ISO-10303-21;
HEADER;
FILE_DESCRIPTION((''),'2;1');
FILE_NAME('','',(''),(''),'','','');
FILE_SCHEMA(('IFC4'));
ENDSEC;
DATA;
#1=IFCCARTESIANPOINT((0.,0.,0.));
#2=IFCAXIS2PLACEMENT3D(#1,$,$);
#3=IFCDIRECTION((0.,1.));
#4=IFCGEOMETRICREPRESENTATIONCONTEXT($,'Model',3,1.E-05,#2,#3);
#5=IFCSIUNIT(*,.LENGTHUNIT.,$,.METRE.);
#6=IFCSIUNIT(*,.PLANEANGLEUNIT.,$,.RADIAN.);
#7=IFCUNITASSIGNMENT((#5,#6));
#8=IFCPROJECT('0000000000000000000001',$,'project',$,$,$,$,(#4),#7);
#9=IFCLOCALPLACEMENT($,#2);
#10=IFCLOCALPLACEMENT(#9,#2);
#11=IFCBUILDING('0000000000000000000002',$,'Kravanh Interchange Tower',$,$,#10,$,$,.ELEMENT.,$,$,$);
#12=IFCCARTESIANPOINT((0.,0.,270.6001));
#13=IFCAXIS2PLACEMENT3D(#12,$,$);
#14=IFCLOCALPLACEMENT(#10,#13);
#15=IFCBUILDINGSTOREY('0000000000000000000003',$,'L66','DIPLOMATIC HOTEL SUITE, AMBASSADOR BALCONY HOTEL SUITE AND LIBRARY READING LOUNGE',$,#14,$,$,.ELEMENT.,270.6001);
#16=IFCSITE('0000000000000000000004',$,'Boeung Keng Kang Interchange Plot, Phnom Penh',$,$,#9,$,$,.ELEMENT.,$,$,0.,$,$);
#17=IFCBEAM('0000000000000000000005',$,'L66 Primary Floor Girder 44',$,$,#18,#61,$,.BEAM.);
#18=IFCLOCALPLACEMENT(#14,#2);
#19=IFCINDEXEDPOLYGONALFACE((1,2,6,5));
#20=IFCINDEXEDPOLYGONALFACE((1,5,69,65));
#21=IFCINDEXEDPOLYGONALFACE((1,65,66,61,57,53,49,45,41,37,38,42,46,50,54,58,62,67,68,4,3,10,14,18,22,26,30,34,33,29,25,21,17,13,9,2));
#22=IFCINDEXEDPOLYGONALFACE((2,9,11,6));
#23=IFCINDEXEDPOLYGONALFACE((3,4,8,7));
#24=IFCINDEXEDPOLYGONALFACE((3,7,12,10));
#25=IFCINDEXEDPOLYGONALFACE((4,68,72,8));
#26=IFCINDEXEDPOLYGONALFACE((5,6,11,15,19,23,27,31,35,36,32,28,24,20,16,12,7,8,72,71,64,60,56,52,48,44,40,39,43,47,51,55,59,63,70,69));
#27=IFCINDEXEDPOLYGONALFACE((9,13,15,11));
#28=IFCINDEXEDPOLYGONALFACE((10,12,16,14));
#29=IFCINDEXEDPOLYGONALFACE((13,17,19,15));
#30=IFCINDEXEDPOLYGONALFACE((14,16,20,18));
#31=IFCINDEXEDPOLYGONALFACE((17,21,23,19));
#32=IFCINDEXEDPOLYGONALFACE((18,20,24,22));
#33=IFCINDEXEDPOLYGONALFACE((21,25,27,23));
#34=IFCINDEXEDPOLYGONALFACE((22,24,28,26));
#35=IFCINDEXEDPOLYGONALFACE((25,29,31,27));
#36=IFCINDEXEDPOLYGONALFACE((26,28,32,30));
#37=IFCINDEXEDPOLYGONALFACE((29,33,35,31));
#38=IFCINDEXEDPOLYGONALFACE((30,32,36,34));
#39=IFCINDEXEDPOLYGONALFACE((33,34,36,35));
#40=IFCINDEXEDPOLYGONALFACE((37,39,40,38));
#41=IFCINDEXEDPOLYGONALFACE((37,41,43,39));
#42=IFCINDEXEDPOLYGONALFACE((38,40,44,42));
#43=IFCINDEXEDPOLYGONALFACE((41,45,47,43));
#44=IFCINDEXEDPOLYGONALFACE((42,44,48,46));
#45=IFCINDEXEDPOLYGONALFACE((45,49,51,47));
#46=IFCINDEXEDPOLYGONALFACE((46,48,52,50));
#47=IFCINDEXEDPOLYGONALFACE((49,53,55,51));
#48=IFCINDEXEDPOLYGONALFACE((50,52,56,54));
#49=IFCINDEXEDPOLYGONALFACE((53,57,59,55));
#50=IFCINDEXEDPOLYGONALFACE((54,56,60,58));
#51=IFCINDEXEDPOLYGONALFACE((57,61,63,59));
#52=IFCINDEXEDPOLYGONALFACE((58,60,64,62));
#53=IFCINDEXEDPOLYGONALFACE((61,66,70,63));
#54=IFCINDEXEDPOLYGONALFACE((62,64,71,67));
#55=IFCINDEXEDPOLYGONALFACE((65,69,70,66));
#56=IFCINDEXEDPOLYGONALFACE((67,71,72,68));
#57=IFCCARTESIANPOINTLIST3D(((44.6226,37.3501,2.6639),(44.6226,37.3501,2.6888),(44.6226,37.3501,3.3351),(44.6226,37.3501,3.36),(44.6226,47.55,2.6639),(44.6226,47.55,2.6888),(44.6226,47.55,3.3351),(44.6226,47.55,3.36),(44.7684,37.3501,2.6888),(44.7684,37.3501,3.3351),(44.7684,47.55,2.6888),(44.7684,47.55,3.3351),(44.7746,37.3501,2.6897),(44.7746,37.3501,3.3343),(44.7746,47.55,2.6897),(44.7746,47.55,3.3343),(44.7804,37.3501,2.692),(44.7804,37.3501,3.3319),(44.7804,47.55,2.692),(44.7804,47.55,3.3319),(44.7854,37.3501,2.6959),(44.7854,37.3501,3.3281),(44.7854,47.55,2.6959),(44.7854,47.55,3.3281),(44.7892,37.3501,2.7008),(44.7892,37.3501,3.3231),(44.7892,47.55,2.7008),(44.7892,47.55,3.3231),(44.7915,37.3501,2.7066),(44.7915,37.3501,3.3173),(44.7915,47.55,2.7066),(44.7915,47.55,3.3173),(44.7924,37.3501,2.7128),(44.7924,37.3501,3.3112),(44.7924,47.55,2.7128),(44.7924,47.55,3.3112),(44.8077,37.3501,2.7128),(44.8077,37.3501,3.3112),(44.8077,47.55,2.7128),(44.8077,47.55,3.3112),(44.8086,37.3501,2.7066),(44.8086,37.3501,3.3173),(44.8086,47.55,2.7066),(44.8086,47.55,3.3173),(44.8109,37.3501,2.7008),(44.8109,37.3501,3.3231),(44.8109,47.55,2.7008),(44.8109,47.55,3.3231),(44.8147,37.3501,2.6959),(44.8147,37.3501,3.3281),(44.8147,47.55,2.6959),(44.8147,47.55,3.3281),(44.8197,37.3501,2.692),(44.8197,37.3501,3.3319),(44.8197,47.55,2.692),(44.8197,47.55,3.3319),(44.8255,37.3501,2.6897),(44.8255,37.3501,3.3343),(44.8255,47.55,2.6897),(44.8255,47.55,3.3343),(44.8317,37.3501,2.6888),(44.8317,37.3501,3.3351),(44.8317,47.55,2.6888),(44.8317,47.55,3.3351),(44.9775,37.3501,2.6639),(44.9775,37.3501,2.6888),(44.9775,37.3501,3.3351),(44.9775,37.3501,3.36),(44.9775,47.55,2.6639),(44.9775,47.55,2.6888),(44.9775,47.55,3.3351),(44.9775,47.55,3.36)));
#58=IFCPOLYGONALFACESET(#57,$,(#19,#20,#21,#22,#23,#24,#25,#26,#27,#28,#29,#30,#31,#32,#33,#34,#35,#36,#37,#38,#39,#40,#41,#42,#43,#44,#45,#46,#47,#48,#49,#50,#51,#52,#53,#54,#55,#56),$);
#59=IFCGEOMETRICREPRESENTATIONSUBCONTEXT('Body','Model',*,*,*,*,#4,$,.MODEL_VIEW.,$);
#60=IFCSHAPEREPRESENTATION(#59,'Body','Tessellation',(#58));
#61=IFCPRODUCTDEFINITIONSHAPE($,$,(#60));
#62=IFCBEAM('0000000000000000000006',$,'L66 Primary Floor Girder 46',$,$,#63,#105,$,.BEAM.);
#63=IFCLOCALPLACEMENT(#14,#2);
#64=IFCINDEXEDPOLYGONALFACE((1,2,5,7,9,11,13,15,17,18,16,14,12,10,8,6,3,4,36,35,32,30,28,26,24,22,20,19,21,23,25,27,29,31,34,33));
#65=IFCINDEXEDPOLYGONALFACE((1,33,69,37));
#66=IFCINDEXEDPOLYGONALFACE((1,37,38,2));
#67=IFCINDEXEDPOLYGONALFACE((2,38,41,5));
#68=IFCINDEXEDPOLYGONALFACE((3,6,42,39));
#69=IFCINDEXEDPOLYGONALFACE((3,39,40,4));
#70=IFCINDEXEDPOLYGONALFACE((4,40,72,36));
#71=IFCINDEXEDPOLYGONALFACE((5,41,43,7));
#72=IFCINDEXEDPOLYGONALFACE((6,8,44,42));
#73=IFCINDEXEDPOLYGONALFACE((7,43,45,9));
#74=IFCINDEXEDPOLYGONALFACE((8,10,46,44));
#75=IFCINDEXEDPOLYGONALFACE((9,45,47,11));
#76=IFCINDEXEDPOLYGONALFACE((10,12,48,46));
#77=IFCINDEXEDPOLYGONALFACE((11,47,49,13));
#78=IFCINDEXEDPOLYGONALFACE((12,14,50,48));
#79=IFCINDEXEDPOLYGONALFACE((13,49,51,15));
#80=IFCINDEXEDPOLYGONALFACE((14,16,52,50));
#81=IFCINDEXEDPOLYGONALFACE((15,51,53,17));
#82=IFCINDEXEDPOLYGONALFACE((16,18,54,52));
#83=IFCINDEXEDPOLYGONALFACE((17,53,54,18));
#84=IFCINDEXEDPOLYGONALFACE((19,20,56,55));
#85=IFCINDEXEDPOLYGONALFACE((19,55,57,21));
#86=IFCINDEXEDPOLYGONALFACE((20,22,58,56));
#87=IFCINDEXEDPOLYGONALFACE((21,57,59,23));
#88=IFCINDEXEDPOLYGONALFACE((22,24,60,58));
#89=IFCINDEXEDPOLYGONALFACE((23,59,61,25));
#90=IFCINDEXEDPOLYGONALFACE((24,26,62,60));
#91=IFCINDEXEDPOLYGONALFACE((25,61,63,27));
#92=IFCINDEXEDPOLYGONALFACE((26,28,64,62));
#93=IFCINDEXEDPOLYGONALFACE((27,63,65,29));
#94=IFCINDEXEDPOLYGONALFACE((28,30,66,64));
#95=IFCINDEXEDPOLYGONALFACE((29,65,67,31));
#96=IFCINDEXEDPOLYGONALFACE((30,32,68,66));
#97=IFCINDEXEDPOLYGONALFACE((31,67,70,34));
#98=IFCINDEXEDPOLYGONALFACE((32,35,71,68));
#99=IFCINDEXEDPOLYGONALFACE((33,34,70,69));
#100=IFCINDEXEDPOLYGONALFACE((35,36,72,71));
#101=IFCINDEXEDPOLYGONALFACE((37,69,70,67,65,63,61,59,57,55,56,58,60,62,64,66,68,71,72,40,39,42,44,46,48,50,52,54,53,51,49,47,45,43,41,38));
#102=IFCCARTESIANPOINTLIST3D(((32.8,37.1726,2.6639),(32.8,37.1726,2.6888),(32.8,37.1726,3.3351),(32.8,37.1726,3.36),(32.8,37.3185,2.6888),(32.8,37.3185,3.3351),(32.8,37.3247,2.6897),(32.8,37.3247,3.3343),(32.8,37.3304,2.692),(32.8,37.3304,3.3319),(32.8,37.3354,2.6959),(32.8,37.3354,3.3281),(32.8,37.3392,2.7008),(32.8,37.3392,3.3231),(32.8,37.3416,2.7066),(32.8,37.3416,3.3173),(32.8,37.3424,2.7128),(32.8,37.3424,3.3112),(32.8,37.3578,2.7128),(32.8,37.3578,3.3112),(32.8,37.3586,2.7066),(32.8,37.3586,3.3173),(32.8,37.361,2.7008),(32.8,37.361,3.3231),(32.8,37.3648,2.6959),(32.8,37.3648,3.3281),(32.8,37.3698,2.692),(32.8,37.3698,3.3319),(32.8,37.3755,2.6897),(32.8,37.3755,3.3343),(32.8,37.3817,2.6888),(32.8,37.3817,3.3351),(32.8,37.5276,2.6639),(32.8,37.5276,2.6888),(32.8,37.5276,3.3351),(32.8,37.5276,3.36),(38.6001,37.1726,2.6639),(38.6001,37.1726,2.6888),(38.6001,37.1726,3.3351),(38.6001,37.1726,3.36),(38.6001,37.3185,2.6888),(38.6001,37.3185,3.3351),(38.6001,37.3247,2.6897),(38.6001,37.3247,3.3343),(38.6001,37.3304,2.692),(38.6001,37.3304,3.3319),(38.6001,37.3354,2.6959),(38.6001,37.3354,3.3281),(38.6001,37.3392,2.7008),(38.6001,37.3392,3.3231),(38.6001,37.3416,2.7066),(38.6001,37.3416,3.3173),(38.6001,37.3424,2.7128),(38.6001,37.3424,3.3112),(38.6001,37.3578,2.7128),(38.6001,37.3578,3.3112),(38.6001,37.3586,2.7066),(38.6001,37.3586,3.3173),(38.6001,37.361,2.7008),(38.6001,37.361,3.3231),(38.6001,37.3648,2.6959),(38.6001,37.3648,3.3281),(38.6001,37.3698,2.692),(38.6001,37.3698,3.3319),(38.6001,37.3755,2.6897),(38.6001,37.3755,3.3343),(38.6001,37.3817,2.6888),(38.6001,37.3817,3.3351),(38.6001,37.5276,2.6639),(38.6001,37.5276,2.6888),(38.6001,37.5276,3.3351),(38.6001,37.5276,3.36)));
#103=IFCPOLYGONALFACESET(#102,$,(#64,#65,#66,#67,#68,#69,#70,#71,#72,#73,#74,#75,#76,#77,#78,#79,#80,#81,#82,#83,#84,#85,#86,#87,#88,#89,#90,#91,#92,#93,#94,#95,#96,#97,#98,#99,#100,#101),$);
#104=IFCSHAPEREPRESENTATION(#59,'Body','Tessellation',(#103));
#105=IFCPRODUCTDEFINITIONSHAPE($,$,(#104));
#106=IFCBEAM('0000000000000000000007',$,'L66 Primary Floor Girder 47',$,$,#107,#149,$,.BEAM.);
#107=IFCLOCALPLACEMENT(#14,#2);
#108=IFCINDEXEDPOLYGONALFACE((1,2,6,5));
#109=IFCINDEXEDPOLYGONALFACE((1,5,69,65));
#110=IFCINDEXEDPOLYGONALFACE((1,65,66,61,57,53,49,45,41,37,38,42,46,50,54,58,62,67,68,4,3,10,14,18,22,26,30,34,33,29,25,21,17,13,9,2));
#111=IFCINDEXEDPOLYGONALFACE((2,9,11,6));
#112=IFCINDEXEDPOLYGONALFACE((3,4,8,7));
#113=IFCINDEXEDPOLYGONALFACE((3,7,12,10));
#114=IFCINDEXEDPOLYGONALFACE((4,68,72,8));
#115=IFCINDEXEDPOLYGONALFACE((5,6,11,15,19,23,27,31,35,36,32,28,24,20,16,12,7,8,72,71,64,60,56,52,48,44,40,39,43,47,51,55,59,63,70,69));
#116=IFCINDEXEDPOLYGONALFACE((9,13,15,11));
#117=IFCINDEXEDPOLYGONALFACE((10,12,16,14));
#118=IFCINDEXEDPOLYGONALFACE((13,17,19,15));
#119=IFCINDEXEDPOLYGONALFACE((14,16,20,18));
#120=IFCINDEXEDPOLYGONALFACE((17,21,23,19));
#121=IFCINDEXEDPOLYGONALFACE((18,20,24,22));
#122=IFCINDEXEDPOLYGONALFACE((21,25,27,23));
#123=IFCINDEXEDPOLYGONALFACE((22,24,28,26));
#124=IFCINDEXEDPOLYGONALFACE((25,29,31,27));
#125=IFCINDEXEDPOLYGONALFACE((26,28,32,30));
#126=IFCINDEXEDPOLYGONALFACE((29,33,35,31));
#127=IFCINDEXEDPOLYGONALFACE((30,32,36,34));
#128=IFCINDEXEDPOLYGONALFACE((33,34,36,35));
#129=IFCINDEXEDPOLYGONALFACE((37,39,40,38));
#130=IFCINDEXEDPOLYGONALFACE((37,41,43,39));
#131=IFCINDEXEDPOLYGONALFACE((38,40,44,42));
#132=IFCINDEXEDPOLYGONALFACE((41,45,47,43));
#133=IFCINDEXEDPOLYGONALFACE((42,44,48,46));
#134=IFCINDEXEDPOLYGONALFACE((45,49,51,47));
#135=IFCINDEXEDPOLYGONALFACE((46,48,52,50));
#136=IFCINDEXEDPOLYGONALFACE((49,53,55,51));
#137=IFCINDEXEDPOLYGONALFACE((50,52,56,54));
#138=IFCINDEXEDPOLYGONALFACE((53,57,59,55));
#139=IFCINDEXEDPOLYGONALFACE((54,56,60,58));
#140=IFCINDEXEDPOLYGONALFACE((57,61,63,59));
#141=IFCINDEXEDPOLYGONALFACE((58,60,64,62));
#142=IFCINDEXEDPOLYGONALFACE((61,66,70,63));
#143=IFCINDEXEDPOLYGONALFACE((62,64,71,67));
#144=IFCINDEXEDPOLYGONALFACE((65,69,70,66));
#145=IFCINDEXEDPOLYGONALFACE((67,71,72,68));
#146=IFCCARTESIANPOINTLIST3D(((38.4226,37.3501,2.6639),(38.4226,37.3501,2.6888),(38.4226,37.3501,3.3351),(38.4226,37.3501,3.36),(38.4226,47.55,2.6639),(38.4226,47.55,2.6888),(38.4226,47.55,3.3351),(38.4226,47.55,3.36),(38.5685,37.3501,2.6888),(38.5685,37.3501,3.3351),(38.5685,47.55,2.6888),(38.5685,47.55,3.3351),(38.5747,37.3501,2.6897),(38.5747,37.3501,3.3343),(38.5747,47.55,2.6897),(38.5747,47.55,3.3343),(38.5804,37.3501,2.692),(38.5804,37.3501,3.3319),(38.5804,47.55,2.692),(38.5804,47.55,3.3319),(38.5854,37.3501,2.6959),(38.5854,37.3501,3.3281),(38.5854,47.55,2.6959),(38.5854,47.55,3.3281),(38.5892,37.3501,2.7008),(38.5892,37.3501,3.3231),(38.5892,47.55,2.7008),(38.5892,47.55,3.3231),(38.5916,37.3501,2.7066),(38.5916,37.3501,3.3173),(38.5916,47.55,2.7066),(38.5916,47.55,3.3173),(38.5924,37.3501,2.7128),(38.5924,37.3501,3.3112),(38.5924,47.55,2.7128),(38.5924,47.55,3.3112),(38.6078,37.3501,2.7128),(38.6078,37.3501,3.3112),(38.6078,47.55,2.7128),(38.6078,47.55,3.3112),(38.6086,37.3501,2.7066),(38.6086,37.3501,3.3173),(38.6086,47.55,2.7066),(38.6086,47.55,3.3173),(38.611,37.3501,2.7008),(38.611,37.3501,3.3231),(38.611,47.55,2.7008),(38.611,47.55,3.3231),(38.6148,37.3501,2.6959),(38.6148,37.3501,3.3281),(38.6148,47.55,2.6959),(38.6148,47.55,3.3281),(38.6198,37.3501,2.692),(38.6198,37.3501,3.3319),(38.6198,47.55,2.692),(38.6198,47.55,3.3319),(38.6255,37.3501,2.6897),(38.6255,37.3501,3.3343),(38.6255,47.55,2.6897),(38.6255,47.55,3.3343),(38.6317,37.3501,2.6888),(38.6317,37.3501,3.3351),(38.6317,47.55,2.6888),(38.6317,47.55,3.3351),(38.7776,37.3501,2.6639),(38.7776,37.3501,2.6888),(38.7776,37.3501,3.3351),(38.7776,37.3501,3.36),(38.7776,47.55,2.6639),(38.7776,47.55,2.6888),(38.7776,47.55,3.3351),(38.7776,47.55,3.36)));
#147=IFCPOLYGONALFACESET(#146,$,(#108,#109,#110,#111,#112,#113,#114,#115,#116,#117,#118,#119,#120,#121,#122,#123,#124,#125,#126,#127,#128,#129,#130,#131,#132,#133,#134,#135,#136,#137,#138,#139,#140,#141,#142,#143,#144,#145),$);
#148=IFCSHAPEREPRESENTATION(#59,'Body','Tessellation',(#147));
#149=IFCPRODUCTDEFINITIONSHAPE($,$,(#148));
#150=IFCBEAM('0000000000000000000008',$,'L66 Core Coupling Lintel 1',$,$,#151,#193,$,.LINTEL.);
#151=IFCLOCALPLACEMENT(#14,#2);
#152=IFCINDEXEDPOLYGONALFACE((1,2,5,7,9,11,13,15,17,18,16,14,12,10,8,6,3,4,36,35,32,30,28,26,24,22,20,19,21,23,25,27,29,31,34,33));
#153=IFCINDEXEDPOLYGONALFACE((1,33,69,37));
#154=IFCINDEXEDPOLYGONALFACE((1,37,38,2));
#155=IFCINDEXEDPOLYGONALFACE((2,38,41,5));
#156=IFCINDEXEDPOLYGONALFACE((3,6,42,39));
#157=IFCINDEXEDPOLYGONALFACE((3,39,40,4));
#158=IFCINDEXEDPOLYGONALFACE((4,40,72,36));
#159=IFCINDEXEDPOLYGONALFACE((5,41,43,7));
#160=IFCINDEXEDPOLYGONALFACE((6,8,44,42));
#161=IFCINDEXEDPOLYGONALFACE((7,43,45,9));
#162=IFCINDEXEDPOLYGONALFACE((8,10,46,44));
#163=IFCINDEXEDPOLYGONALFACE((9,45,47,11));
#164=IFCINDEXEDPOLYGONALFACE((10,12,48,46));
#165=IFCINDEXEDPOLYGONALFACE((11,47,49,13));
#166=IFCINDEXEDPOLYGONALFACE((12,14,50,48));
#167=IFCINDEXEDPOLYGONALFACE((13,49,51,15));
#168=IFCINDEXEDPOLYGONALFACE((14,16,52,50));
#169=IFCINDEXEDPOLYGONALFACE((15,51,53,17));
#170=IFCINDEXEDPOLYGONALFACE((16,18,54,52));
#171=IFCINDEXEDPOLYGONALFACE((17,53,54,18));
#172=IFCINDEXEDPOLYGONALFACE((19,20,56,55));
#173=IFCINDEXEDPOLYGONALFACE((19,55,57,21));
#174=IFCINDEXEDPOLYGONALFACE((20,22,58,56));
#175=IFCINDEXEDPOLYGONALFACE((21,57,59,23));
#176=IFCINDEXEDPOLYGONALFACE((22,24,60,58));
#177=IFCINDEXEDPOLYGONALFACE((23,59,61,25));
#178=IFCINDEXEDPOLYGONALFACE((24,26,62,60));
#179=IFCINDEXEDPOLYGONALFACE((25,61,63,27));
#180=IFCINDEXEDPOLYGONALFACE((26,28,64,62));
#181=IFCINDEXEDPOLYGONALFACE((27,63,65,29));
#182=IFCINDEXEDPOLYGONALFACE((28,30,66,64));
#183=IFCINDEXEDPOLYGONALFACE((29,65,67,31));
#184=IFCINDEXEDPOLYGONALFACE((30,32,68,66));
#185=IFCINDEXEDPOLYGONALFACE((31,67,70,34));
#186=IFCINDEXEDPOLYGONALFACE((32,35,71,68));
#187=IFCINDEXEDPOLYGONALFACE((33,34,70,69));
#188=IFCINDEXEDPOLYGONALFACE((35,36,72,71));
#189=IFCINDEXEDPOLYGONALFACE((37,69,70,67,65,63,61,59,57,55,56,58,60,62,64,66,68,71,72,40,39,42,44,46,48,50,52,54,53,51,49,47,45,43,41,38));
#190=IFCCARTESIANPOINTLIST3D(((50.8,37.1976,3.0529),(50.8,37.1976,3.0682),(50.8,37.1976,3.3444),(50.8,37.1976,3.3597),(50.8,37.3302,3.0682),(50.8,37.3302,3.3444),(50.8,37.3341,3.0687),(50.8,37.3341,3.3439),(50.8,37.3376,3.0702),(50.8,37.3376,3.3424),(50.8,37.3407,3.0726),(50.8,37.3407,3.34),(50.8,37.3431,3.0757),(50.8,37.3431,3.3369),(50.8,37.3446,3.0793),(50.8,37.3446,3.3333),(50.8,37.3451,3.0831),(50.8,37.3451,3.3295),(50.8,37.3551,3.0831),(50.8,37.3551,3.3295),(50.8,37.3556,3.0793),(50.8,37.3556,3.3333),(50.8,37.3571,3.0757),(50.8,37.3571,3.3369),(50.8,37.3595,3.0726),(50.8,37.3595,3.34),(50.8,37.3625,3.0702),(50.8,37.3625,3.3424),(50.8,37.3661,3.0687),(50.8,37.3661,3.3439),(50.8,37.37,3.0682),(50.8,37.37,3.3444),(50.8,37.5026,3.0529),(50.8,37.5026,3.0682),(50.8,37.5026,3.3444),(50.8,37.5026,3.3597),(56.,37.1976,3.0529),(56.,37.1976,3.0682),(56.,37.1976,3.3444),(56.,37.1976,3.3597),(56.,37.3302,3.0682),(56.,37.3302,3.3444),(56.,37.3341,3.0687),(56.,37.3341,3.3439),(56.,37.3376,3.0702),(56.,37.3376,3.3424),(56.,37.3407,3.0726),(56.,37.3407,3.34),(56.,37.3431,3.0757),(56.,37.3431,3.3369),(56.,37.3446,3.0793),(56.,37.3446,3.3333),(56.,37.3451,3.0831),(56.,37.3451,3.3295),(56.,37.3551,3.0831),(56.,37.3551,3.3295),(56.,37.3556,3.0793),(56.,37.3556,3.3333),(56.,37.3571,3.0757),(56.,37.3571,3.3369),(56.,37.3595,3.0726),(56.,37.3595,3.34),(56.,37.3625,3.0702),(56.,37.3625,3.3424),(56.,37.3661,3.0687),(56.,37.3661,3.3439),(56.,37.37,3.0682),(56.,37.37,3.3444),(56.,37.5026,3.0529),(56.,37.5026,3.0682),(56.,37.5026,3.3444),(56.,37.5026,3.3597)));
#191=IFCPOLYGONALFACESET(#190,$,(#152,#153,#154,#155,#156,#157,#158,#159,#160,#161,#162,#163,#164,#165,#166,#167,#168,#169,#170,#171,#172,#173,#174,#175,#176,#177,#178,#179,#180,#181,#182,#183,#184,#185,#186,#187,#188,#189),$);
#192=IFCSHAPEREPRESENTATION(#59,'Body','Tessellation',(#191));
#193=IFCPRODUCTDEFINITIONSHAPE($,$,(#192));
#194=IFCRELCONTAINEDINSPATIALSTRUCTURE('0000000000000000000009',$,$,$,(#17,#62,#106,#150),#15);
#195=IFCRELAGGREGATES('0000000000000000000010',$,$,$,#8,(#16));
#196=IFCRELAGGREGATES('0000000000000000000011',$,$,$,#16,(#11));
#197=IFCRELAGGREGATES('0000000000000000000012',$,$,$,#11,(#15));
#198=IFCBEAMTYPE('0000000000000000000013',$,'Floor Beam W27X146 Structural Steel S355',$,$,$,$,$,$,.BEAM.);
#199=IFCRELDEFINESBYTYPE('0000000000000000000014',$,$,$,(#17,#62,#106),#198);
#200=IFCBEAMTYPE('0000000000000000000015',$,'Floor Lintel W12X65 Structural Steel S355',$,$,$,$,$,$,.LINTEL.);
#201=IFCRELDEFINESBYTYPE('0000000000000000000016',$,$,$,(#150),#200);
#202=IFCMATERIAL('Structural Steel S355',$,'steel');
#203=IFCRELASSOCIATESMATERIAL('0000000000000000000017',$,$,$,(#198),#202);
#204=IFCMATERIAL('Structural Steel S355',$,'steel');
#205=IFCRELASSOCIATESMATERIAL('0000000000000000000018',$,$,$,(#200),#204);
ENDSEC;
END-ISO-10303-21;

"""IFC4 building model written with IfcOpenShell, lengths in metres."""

from ifc_helpers import new_model, si_unit, direction, frame, origin, origin_2d, place, context, subcontext, project, spatial, i_section, extrude, material, material_profile, profile_set, type_object, element, save


model = new_model("IFC4")

# Units and contexts
model_context = context("Model", 3, precision=1e-05, world=origin(), true_north=direction((0.0, 1.0)))
body_context = subcontext(model_context, "Body", "Model", "MODEL_VIEW")
ifc_project = project(units=[si_unit("LENGTHUNIT", "METRE"), si_unit("PLANEANGLEUNIT", "RADIAN")], contexts=[model_context])

# Site, building, storey
site_placement = place(None, origin())
site = spatial("IfcSite", under=ifc_project, at=site_placement, Name="Boeung Keng Kang Interchange Plot, Phnom Penh", CompositionType="ELEMENT", RefElevation=0.0)
building_placement = place(site_placement, origin())
building = spatial("IfcBuilding", under=site, at=building_placement, Name="Kravanh Interchange Tower", CompositionType="ELEMENT")
storey_placement = place(building_placement, frame((0.0, 0.0, 270.6001)))
storey = spatial("IfcBuildingStorey", under=building, at=storey_placement, Name="L66", Description="DIPLOMATIC HOTEL SUITE, AMBASSADOR BALCONY HOTEL SUITE AND LIBRARY READING LOUNGE", CompositionType="ELEMENT", Elevation=270.6001)

# Beams
ifc_material_1 = material(Name="Structural Steel S355", Category="steel")
ifc_material_profile_1 = material_profile(ifc_material_1, i_section(OverallWidth=0.355, OverallDepth=0.696, WebThickness=0.0154, FlangeThickness=0.0249, FilletRadius=0.0239, at=origin_2d()), Name="W27X146")
ifc_profile_set_1 = profile_set([ifc_material_profile_1], Name="Structural Steel S355")
beam_type_1 = type_object("IfcBeamType", Name="Floor Beam W27X146 Structural Steel S355", PredefinedType="BEAM", material=ifc_profile_set_1)
beam_1_placement = place(storey_placement, frame((44.8, 37.3501, 3.012), z_axis=(0.0, 1.0, 0.0), x_axis=(-1.0, 0.0, 0.0)))
element("IfcBeam", 1, at=beam_1_placement, inside=storey, type_object=beam_type_1, Name="L66 Primary Floor Girder 44", PredefinedType="BEAM", context=body_context, shape_type="SweptSolid", body=[
    extrude(i_section(OverallWidth=0.355, OverallDepth=0.696, WebThickness=0.0154, FlangeThickness=0.0249, FilletRadius=0.0239, at=origin_2d()), origin(), (0.0, 0.0, 1.0), 10.2),
])
beam_2_placement = place(storey_placement, frame((38.6001, 37.3501, 3.012), z_axis=(-1.0, 0.0, 0.0), x_axis=(0.0, -1.0, 0.0)))
element("IfcBeam", 2, at=beam_2_placement, inside=storey, type_object=beam_type_1, Name="L66 Primary Floor Girder 46", PredefinedType="BEAM", context=body_context, shape_type="SweptSolid", body=[
    extrude(i_section(OverallWidth=0.355, OverallDepth=0.696, WebThickness=0.0154, FlangeThickness=0.0249, FilletRadius=0.0239, at=origin_2d()), origin(), (0.0, 0.0, 1.0), 5.8),
])
beam_3_placement = place(storey_placement, frame((38.6001, 37.3501, 3.012), z_axis=(0.0, 1.0, 0.0), x_axis=(-1.0, 0.0, 0.0)))
element("IfcBeam", 3, at=beam_3_placement, inside=storey, type_object=beam_type_1, Name="L66 Primary Floor Girder 47", PredefinedType="BEAM", context=body_context, shape_type="SweptSolid", body=[
    extrude(i_section(OverallWidth=0.355, OverallDepth=0.696, WebThickness=0.0154, FlangeThickness=0.0249, FilletRadius=0.0239, at=origin_2d()), origin(), (0.0, 0.0, 1.0), 10.2),
])
ifc_material_2 = material(Name="Structural Steel S355", Category="steel")
ifc_material_profile_2 = material_profile(ifc_material_2, i_section(OverallWidth=0.3049, OverallDepth=0.3069, WebThickness=0.01, FlangeThickness=0.0154, FilletRadius=0.0149, at=origin_2d()), Name="W12X65")
ifc_profile_set_2 = profile_set([ifc_material_profile_2], Name="Structural Steel S355")
beam_type_2 = type_object("IfcBeamType", Name="Floor Lintel W12X65 Structural Steel S355", PredefinedType="LINTEL", material=ifc_profile_set_2)
beam_4_placement = place(storey_placement, frame((50.8, 37.3501, 3.2063), z_axis=(1.0, 0.0, 0.0), x_axis=(0.0, 1.0, 0.0)))
element("IfcBeam", 4, at=beam_4_placement, inside=storey, type_object=beam_type_2, Name="L66 Core Coupling Lintel 1", PredefinedType="LINTEL", context=body_context, shape_type="SweptSolid", body=[
    extrude(i_section(OverallWidth=0.3049, OverallDepth=0.3069, WebThickness=0.01, FlangeThickness=0.0154, FilletRadius=0.0149, at=origin_2d()), origin(), (0.0, 0.0, 1.0), 5.2),
])

save(model, "model.ifc")
